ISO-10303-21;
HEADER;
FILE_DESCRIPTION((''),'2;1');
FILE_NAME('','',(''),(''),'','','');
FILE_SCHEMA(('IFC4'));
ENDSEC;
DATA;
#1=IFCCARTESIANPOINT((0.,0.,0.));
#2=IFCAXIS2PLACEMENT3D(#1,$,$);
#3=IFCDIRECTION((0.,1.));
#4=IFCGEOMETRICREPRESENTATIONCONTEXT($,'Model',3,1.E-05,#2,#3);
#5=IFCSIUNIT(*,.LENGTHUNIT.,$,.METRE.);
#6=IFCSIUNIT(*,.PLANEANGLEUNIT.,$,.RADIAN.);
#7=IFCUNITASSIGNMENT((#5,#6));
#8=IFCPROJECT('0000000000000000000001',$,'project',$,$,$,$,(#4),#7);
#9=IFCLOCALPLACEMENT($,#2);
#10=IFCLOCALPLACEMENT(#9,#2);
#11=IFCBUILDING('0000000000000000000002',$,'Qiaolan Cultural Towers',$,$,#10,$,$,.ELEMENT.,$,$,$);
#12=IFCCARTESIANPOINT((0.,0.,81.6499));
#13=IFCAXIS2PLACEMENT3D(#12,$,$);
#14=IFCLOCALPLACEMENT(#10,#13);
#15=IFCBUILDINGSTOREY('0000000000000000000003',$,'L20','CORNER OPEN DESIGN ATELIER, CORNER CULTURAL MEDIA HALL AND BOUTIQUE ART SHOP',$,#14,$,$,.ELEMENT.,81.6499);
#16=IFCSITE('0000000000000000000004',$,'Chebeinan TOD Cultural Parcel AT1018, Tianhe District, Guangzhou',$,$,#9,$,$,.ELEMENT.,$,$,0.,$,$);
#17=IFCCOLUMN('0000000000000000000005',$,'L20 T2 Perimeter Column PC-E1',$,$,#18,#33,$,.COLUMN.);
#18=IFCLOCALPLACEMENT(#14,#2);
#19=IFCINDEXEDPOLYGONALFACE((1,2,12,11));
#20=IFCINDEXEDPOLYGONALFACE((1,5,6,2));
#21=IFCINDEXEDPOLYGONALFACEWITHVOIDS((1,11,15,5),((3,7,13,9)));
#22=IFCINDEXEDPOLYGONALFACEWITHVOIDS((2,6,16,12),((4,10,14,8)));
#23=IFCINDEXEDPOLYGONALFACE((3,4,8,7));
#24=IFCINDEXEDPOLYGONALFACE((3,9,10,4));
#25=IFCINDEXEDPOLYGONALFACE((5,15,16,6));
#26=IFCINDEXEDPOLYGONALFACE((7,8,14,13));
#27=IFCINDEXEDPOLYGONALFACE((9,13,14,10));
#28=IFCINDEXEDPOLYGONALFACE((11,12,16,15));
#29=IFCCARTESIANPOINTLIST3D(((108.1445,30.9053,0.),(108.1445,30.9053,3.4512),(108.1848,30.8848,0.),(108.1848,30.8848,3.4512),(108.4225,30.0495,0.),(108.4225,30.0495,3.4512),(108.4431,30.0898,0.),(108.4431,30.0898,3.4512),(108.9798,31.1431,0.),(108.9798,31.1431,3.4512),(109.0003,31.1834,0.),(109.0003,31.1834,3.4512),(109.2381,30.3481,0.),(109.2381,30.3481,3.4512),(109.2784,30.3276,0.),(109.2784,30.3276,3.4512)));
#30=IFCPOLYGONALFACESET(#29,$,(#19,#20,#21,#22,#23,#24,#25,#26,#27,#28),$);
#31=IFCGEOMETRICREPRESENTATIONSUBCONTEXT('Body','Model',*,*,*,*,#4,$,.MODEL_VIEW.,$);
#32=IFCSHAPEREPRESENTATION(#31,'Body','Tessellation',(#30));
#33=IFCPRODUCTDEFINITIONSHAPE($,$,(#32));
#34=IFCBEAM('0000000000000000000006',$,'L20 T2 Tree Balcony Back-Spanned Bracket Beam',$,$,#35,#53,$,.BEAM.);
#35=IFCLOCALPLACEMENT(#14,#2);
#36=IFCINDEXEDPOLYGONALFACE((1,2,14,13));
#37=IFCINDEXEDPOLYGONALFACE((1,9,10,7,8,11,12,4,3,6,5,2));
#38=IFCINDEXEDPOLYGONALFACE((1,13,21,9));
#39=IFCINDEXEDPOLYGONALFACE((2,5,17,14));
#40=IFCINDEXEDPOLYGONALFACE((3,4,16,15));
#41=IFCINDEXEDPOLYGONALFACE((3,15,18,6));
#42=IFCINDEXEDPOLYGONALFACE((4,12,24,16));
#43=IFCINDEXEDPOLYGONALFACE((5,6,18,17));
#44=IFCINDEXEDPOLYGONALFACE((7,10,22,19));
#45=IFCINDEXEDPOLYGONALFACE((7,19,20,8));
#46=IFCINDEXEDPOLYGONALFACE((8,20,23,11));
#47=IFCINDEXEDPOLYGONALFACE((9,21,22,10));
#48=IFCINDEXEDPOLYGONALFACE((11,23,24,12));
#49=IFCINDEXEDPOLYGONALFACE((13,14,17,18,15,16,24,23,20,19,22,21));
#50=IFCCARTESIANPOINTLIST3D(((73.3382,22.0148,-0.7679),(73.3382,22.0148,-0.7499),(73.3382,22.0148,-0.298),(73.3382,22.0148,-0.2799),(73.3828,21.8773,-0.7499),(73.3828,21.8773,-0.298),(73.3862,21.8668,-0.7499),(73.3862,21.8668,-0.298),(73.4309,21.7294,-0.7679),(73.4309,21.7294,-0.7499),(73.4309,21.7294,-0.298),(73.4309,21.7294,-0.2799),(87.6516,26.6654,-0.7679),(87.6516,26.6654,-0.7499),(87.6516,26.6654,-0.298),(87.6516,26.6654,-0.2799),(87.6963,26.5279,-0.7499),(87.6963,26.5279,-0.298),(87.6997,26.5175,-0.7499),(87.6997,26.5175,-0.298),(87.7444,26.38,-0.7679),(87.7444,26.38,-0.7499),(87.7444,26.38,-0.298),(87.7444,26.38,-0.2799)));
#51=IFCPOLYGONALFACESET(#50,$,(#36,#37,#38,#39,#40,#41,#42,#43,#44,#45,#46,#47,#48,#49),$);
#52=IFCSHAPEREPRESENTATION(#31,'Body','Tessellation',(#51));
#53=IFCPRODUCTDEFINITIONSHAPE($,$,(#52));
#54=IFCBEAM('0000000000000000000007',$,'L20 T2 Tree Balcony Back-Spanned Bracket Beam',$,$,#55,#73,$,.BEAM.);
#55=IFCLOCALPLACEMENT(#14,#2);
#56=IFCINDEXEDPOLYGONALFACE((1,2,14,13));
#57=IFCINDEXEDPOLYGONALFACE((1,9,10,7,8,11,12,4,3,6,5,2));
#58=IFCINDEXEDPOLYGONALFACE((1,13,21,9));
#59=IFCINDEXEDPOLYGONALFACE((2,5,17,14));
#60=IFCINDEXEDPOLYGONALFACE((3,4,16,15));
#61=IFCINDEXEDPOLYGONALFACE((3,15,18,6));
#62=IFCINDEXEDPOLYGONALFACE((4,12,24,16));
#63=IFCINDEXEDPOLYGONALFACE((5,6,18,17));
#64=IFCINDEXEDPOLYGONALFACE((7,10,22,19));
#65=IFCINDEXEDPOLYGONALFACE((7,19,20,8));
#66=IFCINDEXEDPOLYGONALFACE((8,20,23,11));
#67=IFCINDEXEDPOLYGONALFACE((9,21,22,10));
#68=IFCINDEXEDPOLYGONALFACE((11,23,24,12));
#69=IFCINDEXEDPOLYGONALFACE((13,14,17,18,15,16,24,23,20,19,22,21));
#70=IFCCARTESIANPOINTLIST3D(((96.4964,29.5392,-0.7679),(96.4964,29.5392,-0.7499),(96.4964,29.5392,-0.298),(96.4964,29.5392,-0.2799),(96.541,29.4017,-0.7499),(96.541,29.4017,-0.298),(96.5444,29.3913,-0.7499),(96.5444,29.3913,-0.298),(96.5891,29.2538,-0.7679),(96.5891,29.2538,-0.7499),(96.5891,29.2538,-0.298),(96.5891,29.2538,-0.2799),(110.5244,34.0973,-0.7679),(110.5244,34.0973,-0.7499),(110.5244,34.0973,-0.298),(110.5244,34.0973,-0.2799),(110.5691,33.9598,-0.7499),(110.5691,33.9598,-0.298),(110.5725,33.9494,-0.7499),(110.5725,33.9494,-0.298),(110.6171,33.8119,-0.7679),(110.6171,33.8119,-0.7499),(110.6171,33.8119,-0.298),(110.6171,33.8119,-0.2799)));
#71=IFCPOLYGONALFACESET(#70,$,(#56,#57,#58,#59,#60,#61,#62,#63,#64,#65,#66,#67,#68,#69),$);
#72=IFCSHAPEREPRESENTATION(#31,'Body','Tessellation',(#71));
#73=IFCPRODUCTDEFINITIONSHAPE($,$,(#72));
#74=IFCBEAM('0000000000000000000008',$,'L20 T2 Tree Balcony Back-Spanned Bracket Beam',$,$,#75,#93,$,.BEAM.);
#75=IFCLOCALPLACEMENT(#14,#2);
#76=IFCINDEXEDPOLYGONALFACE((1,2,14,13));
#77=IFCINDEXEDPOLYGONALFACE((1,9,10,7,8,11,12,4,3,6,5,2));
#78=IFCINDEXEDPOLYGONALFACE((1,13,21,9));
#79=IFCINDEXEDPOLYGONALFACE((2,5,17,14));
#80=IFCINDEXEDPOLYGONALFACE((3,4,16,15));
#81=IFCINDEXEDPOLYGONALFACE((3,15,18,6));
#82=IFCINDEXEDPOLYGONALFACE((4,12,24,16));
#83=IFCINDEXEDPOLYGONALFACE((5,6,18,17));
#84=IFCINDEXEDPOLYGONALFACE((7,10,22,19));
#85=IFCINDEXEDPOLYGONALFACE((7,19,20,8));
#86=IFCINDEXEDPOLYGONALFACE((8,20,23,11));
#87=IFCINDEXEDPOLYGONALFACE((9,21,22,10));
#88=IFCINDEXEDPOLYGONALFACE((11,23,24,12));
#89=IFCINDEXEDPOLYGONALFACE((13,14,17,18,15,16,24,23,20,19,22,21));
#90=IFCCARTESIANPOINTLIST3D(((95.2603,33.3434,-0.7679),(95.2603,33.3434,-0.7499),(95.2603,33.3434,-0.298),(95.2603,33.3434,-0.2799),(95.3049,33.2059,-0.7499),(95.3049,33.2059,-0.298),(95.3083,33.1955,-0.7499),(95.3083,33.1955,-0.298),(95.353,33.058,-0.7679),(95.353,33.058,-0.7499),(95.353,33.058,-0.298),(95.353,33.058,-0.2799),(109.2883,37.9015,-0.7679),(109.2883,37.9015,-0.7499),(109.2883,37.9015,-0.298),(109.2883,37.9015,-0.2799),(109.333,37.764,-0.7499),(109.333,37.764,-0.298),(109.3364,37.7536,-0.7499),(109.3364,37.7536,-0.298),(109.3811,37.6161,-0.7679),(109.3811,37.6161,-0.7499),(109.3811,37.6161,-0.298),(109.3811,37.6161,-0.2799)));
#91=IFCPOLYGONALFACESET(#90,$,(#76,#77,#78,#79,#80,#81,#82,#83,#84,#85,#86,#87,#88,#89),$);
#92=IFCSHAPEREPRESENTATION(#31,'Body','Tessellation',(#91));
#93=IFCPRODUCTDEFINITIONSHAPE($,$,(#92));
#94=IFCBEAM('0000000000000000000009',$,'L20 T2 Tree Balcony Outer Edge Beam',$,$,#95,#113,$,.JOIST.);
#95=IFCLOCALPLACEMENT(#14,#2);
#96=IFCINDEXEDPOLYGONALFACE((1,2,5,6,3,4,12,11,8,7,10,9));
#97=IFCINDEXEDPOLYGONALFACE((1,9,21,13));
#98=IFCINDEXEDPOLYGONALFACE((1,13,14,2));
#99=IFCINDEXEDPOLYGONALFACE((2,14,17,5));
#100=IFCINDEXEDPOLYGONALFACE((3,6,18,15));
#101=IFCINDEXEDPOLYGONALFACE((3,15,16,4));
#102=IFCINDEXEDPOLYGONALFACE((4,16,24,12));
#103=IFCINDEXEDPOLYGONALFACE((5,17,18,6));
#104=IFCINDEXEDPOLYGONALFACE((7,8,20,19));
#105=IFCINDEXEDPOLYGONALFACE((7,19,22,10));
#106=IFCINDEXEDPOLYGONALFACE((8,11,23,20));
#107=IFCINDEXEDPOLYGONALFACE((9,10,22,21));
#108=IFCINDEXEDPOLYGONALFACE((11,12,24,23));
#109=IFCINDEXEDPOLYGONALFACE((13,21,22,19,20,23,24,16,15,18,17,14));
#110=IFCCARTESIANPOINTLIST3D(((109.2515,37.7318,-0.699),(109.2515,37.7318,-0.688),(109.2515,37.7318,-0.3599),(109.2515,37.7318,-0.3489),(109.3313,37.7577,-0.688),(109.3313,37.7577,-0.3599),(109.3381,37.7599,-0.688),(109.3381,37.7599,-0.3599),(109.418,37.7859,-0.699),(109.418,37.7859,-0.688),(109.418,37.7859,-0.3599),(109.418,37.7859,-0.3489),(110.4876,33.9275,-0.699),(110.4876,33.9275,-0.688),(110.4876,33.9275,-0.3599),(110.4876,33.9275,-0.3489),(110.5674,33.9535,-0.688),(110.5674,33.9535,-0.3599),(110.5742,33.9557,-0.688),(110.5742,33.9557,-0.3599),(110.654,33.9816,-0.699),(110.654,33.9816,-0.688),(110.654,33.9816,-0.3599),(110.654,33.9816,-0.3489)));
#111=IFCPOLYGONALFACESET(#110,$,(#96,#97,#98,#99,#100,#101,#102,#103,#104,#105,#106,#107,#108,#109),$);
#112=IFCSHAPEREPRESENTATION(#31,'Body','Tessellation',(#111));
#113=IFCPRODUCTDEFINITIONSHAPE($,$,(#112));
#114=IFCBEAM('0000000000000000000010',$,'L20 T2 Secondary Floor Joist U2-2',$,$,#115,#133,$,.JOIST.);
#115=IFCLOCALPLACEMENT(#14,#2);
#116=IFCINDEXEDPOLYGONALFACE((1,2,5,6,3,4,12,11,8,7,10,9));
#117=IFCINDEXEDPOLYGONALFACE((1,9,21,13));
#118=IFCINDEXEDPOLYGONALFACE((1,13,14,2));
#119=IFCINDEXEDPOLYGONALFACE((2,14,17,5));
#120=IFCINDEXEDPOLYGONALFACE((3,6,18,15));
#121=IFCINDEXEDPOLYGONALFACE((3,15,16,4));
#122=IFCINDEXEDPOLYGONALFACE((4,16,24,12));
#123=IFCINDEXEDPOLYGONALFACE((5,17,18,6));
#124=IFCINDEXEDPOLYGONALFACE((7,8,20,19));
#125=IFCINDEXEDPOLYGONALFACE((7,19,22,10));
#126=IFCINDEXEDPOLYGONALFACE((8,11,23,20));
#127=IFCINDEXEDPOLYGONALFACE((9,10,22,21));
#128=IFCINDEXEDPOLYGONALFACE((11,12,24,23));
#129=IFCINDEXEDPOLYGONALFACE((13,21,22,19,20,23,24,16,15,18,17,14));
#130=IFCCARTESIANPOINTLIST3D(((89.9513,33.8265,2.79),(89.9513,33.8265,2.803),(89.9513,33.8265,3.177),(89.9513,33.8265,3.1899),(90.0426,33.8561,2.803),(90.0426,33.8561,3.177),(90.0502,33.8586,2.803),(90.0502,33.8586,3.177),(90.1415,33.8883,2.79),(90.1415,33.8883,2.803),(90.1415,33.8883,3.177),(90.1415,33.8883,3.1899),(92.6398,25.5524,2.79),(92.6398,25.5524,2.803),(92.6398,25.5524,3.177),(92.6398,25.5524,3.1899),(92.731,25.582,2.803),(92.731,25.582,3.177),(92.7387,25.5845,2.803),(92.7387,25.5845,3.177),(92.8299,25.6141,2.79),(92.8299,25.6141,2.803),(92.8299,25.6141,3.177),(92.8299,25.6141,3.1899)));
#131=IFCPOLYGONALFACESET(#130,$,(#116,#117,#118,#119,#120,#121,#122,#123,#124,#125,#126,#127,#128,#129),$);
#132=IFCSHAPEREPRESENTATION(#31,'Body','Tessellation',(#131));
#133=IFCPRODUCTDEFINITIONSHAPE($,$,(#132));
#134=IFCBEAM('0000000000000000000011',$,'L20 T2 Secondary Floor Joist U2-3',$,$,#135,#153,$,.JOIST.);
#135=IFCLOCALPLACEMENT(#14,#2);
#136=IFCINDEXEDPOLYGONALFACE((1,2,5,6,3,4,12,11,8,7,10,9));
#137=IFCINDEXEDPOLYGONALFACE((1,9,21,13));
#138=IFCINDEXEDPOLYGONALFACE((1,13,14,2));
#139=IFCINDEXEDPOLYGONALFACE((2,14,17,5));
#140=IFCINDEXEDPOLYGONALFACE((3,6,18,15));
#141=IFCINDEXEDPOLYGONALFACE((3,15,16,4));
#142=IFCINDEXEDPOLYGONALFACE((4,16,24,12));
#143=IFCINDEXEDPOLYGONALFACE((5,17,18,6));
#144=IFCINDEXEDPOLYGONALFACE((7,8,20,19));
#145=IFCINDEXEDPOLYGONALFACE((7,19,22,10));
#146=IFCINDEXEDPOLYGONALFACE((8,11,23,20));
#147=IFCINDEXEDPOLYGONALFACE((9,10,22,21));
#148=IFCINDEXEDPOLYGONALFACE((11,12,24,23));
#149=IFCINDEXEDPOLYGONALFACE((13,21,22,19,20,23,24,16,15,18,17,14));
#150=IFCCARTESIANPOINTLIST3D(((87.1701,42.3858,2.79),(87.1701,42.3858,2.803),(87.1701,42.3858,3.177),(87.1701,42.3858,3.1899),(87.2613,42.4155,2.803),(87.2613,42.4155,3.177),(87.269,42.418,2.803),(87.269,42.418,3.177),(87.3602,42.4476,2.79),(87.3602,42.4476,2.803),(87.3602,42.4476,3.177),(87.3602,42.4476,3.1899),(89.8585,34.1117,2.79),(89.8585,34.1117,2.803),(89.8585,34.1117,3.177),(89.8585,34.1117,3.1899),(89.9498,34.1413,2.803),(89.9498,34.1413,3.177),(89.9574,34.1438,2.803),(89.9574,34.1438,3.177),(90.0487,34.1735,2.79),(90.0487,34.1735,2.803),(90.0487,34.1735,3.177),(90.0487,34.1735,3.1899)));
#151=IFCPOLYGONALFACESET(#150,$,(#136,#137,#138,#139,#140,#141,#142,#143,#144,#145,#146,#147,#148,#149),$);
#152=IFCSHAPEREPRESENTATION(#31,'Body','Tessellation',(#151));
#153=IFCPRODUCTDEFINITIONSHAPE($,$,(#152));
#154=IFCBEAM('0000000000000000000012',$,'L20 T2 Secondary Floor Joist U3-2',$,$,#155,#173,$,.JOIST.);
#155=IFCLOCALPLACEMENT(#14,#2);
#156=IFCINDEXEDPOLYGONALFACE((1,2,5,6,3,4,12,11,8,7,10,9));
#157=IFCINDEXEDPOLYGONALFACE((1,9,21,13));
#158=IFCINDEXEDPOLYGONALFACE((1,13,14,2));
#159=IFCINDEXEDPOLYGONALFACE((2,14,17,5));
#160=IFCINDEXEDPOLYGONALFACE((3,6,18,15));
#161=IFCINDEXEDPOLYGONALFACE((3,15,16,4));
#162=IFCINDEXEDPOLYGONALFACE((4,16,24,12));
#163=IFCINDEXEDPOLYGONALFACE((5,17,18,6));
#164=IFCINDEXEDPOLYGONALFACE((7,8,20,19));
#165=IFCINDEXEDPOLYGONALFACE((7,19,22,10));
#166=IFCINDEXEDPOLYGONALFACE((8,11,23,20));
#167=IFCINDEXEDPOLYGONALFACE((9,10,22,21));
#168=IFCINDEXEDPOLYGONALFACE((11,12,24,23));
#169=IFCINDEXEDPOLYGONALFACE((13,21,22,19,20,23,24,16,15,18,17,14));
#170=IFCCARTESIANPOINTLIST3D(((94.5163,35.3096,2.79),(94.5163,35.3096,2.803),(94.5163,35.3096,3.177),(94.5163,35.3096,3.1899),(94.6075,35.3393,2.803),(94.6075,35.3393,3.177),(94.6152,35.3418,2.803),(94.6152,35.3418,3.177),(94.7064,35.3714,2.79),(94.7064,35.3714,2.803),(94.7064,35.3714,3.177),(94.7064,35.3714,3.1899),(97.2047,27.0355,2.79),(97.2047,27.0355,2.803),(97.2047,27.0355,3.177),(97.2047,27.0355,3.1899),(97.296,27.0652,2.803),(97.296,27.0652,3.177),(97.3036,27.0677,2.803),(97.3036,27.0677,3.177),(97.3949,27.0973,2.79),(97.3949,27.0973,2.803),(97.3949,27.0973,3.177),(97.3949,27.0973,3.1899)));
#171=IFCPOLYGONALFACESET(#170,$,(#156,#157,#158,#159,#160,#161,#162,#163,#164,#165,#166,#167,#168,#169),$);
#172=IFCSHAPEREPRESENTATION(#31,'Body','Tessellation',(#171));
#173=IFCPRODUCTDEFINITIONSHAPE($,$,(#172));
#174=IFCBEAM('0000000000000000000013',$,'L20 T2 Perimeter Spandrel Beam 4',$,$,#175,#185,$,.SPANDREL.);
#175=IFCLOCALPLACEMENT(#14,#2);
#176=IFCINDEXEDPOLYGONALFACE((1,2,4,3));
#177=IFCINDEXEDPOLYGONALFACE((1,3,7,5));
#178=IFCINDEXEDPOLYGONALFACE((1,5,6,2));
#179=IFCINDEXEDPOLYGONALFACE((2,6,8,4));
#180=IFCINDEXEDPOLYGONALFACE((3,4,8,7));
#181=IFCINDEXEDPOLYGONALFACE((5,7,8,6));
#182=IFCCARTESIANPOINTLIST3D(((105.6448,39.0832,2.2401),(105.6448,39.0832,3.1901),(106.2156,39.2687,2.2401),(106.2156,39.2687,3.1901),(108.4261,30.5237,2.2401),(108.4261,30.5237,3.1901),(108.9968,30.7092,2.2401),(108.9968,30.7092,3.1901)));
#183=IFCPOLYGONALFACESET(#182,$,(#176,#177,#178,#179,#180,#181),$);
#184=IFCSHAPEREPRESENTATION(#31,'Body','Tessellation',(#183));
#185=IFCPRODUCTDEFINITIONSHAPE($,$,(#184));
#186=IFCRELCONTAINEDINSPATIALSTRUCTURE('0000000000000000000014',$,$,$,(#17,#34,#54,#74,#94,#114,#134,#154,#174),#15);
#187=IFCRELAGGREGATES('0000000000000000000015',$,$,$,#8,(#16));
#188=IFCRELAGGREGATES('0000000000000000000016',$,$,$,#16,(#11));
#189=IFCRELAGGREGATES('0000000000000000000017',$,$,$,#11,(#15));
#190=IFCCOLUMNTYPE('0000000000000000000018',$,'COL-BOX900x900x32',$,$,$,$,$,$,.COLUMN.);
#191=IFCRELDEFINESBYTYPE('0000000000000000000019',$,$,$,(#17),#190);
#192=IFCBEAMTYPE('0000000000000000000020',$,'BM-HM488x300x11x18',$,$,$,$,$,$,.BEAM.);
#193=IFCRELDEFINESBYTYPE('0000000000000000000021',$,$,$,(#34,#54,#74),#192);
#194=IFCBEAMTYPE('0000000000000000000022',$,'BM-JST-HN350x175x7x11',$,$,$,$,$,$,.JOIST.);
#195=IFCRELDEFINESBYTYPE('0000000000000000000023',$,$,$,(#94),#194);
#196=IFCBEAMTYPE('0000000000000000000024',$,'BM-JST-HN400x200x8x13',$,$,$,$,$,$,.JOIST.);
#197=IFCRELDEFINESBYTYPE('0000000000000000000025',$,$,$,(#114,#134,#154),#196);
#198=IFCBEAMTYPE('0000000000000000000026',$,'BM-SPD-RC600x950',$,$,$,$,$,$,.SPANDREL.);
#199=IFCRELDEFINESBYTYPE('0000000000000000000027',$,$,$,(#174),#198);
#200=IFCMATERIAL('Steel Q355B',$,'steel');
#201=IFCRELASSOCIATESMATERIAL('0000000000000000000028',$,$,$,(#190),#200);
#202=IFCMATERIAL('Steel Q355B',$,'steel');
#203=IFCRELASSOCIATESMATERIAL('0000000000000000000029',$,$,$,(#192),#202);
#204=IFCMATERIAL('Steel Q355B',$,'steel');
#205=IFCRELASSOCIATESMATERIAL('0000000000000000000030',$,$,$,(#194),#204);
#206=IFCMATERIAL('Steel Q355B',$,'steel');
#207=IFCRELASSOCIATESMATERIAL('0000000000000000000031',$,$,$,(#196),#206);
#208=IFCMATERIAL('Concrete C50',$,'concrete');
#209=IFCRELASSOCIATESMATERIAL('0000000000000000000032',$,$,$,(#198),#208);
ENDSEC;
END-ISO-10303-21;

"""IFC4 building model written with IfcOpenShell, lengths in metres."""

from ifc_helpers import new_model, si_unit, direction, frame, origin, origin_2d, place, context, subcontext, project, spatial, rectangle, hollow_rectangle, i_section, extrude, material, material_profile, profile_set, type_object, element, save


model = new_model("IFC4")

# Units and contexts
model_context = context("Model", 3, precision=1e-05, world=origin(), true_north=direction((0.0, 1.0)))
body_context = subcontext(model_context, "Body", "Model", "MODEL_VIEW")
ifc_project = project(units=[si_unit("LENGTHUNIT", "METRE"), si_unit("PLANEANGLEUNIT", "RADIAN")], contexts=[model_context])

# Site, building, storey
site_placement = place(None, origin())
site = spatial("IfcSite", under=ifc_project, at=site_placement, Name="Chebeinan TOD Cultural Parcel AT1018, Tianhe District, Guangzhou", CompositionType="ELEMENT", RefElevation=0.0)
building_placement = place(site_placement, origin())
building = spatial("IfcBuilding", under=site, at=building_placement, Name="Qiaolan Cultural Towers", CompositionType="ELEMENT")
storey_placement = place(building_placement, frame((0.0, 0.0, 81.6499)))
storey = spatial("IfcBuildingStorey", under=building, at=storey_placement, Name="L20", Description="CORNER OPEN DESIGN ATELIER, CORNER CULTURAL MEDIA HALL AND BOUTIQUE ART SHOP", CompositionType="ELEMENT", Elevation=81.6499)

# Column
ifc_material_1 = material(Name="Steel Q355B", Category="steel")
ifc_material_profile_1 = material_profile(ifc_material_1, hollow_rectangle(XDim=0.8999, YDim=0.8999, WallThickness=0.032, at=origin_2d()), Name="BOX900x900x32")
ifc_profile_set_1 = profile_set([ifc_material_profile_1], Name="Steel Q355B")
column_type = type_object("IfcColumnType", Name="COL-BOX900x900x32", PredefinedType="COLUMN", material=ifc_profile_set_1)
column_placement = place(storey_placement, frame((108.7114, 30.6165, 0.0), z_axis=(0.0, 0.0, 1.0), x_axis=(0.951057, 0.309017, 0.0)))
element("IfcColumn", 1, at=column_placement, inside=storey, type_object=column_type, Name="L20 T2 Perimeter Column PC-E1", PredefinedType="COLUMN", context=body_context, shape_type="SweptSolid", body=[
    extrude(hollow_rectangle(XDim=0.8999, YDim=0.8999, WallThickness=0.032, at=origin_2d()), origin(), (0.0, 0.0, 1.0), 3.4512),
])

# Beams
ifc_material_2 = material(Name="Steel Q355B", Category="steel")
ifc_material_profile_2 = material_profile(ifc_material_2, i_section(OverallWidth=0.3, OverallDepth=0.488, WebThickness=0.011, FlangeThickness=0.0181, at=origin_2d()), Name="HM488x300x11x18")
ifc_profile_set_2 = profile_set([ifc_material_profile_2], Name="Steel Q355B")
beam_type_1 = type_object("IfcBeamType", Name="BM-HM488x300x11x18", PredefinedType="BEAM", material=ifc_profile_set_2)
beam_1_placement = place(storey_placement, frame((87.698, 26.5227, -0.5239), z_axis=(-0.951058, -0.309011, 0.0), x_axis=(0.309011, -0.951058, 0.0)))
element("IfcBeam", 2, at=beam_1_placement, inside=storey, type_object=beam_type_1, Name="L20 T2 Tree Balcony Back-Spanned Bracket Beam", PredefinedType="BEAM", context=body_context, shape_type="SweptSolid", body=[
    extrude(i_section(OverallWidth=0.3, OverallDepth=0.488, WebThickness=0.011, FlangeThickness=0.0181, at=origin_2d()), origin(), (0.0, 0.0, 1.0), 15.05),
])
for number, where, z_axis, x_axis, name in (
    (3, (96.5427, 29.3965, -0.5239), (0.951054, 0.309024, 0.0), (-0.309024, 0.951054, 0.0), "L20 T2 Tree Balcony Back-Spanned Bracket Beam"),
    (4, (95.3066, 33.2007, -0.5239), (0.951054, 0.309024, 0.0), (-0.309024, 0.951054, 0.0), "L20 T2 Tree Balcony Back-Spanned Bracket Beam"),
):
    element("IfcBeam", number, at=place(storey_placement, frame(where, z_axis=z_axis, x_axis=x_axis)), inside=storey, type_object=beam_type_1, Name=name, PredefinedType="BEAM", context=body_context, shape_type="SweptSolid", body=[
        extrude(i_section(OverallWidth=0.3, OverallDepth=0.488, WebThickness=0.011, FlangeThickness=0.0181, at=origin_2d()), origin(), (0.0, 0.0, 1.0), 14.75),
    ])
ifc_material_3 = material(Name="Steel Q355B", Category="steel")
ifc_material_profile_3 = material_profile(ifc_material_3, i_section(OverallWidth=0.175, OverallDepth=0.3501, WebThickness=0.0071, FlangeThickness=0.011, at=origin_2d()), Name="HN350x175x7x11")
ifc_profile_set_3 = profile_set([ifc_material_profile_3], Name="Steel Q355B")
beam_type_2 = type_object("IfcBeamType", Name="BM-JST-HN350x175x7x11", PredefinedType="JOIST", material=ifc_profile_set_3)
beam_2_placement = place(storey_placement, frame((110.5708, 33.9546, -0.5239), z_axis=(-0.309023, 0.951055, 0.0), x_axis=(-0.951055, -0.309023, 0.0)))
element("IfcBeam", 5, at=beam_2_placement, inside=storey, type_object=beam_type_2, Name="L20 T2 Tree Balcony Outer Edge Beam", PredefinedType="JOIST", context=body_context, shape_type="SweptSolid", body=[
    extrude(i_section(OverallWidth=0.175, OverallDepth=0.3501, WebThickness=0.0071, FlangeThickness=0.011, at=origin_2d()), origin(), (0.0, 0.0, 1.0), 4.0),
])
ifc_material_4 = material(Name="Steel Q355B", Category="steel")
ifc_material_profile_4 = material_profile(ifc_material_4, i_section(OverallWidth=0.2, OverallDepth=0.3999, WebThickness=0.0081, FlangeThickness=0.0129, at=origin_2d()), Name="HN400x200x8x13")
ifc_profile_set_4 = profile_set([ifc_material_profile_4], Name="Steel Q355B")
beam_type_3 = type_object("IfcBeamType", Name="BM-JST-HN400x200x8x13", PredefinedType="JOIST", material=ifc_profile_set_4)
for number, where, z_axis, x_axis, name in (
    (6, (92.7349, 25.5833, 2.99), (-0.309021, 0.951055, 0.0), (-0.951055, -0.309021, 0.0), "L20 T2 Secondary Floor Joist U2-2"),
    (7, (89.9536, 34.1426, 2.99), (-0.309021, 0.951055, 0.0), (-0.951055, -0.309021, 0.0), "L20 T2 Secondary Floor Joist U2-3"),
    (8, (97.2998, 27.0664, 2.99), (-0.309021, 0.951055, 0.0), (-0.951055, -0.309021, 0.0), "L20 T2 Secondary Floor Joist U3-2"),
):
    element("IfcBeam", number, at=place(storey_placement, frame(where, z_axis=z_axis, x_axis=x_axis)), inside=storey, type_object=beam_type_3, Name=name, PredefinedType="JOIST", context=body_context, shape_type="SweptSolid", body=[
        extrude(i_section(OverallWidth=0.2, OverallDepth=0.3999, WebThickness=0.0081, FlangeThickness=0.0129, at=origin_2d()), origin(), (0.0, 0.0, 1.0), 8.7),
    ])
ifc_material_5 = material(Name="Concrete C50", Category="concrete")
ifc_material_profile_5 = material_profile(ifc_material_5, rectangle(XDim=0.6001, YDim=0.95, at=origin_2d()), Name="RC600x950")
ifc_profile_set_5 = profile_set([ifc_material_profile_5], Name="Concrete C50")
beam_type_4 = type_object("IfcBeamType", Name="BM-SPD-RC600x950", PredefinedType="SPANDREL", material=ifc_profile_set_5)
beam_3_placement = place(storey_placement, frame((108.7114, 30.6165, 2.7151), z_axis=(-0.309025, 0.951054, 0.0), x_axis=(-0.951054, -0.309025, 0.0)))
element("IfcBeam", 9, at=beam_3_placement, inside=storey, type_object=beam_type_4, Name="L20 T2 Perimeter Spandrel Beam 4", PredefinedType="SPANDREL", context=body_context, shape_type="SweptSolid", body=[
    extrude(rectangle(XDim=0.6001, YDim=0.95, at=origin_2d()), origin(), (0.0, 0.0, 1.0), 9.0),
])

save(model, "model.ifc")
